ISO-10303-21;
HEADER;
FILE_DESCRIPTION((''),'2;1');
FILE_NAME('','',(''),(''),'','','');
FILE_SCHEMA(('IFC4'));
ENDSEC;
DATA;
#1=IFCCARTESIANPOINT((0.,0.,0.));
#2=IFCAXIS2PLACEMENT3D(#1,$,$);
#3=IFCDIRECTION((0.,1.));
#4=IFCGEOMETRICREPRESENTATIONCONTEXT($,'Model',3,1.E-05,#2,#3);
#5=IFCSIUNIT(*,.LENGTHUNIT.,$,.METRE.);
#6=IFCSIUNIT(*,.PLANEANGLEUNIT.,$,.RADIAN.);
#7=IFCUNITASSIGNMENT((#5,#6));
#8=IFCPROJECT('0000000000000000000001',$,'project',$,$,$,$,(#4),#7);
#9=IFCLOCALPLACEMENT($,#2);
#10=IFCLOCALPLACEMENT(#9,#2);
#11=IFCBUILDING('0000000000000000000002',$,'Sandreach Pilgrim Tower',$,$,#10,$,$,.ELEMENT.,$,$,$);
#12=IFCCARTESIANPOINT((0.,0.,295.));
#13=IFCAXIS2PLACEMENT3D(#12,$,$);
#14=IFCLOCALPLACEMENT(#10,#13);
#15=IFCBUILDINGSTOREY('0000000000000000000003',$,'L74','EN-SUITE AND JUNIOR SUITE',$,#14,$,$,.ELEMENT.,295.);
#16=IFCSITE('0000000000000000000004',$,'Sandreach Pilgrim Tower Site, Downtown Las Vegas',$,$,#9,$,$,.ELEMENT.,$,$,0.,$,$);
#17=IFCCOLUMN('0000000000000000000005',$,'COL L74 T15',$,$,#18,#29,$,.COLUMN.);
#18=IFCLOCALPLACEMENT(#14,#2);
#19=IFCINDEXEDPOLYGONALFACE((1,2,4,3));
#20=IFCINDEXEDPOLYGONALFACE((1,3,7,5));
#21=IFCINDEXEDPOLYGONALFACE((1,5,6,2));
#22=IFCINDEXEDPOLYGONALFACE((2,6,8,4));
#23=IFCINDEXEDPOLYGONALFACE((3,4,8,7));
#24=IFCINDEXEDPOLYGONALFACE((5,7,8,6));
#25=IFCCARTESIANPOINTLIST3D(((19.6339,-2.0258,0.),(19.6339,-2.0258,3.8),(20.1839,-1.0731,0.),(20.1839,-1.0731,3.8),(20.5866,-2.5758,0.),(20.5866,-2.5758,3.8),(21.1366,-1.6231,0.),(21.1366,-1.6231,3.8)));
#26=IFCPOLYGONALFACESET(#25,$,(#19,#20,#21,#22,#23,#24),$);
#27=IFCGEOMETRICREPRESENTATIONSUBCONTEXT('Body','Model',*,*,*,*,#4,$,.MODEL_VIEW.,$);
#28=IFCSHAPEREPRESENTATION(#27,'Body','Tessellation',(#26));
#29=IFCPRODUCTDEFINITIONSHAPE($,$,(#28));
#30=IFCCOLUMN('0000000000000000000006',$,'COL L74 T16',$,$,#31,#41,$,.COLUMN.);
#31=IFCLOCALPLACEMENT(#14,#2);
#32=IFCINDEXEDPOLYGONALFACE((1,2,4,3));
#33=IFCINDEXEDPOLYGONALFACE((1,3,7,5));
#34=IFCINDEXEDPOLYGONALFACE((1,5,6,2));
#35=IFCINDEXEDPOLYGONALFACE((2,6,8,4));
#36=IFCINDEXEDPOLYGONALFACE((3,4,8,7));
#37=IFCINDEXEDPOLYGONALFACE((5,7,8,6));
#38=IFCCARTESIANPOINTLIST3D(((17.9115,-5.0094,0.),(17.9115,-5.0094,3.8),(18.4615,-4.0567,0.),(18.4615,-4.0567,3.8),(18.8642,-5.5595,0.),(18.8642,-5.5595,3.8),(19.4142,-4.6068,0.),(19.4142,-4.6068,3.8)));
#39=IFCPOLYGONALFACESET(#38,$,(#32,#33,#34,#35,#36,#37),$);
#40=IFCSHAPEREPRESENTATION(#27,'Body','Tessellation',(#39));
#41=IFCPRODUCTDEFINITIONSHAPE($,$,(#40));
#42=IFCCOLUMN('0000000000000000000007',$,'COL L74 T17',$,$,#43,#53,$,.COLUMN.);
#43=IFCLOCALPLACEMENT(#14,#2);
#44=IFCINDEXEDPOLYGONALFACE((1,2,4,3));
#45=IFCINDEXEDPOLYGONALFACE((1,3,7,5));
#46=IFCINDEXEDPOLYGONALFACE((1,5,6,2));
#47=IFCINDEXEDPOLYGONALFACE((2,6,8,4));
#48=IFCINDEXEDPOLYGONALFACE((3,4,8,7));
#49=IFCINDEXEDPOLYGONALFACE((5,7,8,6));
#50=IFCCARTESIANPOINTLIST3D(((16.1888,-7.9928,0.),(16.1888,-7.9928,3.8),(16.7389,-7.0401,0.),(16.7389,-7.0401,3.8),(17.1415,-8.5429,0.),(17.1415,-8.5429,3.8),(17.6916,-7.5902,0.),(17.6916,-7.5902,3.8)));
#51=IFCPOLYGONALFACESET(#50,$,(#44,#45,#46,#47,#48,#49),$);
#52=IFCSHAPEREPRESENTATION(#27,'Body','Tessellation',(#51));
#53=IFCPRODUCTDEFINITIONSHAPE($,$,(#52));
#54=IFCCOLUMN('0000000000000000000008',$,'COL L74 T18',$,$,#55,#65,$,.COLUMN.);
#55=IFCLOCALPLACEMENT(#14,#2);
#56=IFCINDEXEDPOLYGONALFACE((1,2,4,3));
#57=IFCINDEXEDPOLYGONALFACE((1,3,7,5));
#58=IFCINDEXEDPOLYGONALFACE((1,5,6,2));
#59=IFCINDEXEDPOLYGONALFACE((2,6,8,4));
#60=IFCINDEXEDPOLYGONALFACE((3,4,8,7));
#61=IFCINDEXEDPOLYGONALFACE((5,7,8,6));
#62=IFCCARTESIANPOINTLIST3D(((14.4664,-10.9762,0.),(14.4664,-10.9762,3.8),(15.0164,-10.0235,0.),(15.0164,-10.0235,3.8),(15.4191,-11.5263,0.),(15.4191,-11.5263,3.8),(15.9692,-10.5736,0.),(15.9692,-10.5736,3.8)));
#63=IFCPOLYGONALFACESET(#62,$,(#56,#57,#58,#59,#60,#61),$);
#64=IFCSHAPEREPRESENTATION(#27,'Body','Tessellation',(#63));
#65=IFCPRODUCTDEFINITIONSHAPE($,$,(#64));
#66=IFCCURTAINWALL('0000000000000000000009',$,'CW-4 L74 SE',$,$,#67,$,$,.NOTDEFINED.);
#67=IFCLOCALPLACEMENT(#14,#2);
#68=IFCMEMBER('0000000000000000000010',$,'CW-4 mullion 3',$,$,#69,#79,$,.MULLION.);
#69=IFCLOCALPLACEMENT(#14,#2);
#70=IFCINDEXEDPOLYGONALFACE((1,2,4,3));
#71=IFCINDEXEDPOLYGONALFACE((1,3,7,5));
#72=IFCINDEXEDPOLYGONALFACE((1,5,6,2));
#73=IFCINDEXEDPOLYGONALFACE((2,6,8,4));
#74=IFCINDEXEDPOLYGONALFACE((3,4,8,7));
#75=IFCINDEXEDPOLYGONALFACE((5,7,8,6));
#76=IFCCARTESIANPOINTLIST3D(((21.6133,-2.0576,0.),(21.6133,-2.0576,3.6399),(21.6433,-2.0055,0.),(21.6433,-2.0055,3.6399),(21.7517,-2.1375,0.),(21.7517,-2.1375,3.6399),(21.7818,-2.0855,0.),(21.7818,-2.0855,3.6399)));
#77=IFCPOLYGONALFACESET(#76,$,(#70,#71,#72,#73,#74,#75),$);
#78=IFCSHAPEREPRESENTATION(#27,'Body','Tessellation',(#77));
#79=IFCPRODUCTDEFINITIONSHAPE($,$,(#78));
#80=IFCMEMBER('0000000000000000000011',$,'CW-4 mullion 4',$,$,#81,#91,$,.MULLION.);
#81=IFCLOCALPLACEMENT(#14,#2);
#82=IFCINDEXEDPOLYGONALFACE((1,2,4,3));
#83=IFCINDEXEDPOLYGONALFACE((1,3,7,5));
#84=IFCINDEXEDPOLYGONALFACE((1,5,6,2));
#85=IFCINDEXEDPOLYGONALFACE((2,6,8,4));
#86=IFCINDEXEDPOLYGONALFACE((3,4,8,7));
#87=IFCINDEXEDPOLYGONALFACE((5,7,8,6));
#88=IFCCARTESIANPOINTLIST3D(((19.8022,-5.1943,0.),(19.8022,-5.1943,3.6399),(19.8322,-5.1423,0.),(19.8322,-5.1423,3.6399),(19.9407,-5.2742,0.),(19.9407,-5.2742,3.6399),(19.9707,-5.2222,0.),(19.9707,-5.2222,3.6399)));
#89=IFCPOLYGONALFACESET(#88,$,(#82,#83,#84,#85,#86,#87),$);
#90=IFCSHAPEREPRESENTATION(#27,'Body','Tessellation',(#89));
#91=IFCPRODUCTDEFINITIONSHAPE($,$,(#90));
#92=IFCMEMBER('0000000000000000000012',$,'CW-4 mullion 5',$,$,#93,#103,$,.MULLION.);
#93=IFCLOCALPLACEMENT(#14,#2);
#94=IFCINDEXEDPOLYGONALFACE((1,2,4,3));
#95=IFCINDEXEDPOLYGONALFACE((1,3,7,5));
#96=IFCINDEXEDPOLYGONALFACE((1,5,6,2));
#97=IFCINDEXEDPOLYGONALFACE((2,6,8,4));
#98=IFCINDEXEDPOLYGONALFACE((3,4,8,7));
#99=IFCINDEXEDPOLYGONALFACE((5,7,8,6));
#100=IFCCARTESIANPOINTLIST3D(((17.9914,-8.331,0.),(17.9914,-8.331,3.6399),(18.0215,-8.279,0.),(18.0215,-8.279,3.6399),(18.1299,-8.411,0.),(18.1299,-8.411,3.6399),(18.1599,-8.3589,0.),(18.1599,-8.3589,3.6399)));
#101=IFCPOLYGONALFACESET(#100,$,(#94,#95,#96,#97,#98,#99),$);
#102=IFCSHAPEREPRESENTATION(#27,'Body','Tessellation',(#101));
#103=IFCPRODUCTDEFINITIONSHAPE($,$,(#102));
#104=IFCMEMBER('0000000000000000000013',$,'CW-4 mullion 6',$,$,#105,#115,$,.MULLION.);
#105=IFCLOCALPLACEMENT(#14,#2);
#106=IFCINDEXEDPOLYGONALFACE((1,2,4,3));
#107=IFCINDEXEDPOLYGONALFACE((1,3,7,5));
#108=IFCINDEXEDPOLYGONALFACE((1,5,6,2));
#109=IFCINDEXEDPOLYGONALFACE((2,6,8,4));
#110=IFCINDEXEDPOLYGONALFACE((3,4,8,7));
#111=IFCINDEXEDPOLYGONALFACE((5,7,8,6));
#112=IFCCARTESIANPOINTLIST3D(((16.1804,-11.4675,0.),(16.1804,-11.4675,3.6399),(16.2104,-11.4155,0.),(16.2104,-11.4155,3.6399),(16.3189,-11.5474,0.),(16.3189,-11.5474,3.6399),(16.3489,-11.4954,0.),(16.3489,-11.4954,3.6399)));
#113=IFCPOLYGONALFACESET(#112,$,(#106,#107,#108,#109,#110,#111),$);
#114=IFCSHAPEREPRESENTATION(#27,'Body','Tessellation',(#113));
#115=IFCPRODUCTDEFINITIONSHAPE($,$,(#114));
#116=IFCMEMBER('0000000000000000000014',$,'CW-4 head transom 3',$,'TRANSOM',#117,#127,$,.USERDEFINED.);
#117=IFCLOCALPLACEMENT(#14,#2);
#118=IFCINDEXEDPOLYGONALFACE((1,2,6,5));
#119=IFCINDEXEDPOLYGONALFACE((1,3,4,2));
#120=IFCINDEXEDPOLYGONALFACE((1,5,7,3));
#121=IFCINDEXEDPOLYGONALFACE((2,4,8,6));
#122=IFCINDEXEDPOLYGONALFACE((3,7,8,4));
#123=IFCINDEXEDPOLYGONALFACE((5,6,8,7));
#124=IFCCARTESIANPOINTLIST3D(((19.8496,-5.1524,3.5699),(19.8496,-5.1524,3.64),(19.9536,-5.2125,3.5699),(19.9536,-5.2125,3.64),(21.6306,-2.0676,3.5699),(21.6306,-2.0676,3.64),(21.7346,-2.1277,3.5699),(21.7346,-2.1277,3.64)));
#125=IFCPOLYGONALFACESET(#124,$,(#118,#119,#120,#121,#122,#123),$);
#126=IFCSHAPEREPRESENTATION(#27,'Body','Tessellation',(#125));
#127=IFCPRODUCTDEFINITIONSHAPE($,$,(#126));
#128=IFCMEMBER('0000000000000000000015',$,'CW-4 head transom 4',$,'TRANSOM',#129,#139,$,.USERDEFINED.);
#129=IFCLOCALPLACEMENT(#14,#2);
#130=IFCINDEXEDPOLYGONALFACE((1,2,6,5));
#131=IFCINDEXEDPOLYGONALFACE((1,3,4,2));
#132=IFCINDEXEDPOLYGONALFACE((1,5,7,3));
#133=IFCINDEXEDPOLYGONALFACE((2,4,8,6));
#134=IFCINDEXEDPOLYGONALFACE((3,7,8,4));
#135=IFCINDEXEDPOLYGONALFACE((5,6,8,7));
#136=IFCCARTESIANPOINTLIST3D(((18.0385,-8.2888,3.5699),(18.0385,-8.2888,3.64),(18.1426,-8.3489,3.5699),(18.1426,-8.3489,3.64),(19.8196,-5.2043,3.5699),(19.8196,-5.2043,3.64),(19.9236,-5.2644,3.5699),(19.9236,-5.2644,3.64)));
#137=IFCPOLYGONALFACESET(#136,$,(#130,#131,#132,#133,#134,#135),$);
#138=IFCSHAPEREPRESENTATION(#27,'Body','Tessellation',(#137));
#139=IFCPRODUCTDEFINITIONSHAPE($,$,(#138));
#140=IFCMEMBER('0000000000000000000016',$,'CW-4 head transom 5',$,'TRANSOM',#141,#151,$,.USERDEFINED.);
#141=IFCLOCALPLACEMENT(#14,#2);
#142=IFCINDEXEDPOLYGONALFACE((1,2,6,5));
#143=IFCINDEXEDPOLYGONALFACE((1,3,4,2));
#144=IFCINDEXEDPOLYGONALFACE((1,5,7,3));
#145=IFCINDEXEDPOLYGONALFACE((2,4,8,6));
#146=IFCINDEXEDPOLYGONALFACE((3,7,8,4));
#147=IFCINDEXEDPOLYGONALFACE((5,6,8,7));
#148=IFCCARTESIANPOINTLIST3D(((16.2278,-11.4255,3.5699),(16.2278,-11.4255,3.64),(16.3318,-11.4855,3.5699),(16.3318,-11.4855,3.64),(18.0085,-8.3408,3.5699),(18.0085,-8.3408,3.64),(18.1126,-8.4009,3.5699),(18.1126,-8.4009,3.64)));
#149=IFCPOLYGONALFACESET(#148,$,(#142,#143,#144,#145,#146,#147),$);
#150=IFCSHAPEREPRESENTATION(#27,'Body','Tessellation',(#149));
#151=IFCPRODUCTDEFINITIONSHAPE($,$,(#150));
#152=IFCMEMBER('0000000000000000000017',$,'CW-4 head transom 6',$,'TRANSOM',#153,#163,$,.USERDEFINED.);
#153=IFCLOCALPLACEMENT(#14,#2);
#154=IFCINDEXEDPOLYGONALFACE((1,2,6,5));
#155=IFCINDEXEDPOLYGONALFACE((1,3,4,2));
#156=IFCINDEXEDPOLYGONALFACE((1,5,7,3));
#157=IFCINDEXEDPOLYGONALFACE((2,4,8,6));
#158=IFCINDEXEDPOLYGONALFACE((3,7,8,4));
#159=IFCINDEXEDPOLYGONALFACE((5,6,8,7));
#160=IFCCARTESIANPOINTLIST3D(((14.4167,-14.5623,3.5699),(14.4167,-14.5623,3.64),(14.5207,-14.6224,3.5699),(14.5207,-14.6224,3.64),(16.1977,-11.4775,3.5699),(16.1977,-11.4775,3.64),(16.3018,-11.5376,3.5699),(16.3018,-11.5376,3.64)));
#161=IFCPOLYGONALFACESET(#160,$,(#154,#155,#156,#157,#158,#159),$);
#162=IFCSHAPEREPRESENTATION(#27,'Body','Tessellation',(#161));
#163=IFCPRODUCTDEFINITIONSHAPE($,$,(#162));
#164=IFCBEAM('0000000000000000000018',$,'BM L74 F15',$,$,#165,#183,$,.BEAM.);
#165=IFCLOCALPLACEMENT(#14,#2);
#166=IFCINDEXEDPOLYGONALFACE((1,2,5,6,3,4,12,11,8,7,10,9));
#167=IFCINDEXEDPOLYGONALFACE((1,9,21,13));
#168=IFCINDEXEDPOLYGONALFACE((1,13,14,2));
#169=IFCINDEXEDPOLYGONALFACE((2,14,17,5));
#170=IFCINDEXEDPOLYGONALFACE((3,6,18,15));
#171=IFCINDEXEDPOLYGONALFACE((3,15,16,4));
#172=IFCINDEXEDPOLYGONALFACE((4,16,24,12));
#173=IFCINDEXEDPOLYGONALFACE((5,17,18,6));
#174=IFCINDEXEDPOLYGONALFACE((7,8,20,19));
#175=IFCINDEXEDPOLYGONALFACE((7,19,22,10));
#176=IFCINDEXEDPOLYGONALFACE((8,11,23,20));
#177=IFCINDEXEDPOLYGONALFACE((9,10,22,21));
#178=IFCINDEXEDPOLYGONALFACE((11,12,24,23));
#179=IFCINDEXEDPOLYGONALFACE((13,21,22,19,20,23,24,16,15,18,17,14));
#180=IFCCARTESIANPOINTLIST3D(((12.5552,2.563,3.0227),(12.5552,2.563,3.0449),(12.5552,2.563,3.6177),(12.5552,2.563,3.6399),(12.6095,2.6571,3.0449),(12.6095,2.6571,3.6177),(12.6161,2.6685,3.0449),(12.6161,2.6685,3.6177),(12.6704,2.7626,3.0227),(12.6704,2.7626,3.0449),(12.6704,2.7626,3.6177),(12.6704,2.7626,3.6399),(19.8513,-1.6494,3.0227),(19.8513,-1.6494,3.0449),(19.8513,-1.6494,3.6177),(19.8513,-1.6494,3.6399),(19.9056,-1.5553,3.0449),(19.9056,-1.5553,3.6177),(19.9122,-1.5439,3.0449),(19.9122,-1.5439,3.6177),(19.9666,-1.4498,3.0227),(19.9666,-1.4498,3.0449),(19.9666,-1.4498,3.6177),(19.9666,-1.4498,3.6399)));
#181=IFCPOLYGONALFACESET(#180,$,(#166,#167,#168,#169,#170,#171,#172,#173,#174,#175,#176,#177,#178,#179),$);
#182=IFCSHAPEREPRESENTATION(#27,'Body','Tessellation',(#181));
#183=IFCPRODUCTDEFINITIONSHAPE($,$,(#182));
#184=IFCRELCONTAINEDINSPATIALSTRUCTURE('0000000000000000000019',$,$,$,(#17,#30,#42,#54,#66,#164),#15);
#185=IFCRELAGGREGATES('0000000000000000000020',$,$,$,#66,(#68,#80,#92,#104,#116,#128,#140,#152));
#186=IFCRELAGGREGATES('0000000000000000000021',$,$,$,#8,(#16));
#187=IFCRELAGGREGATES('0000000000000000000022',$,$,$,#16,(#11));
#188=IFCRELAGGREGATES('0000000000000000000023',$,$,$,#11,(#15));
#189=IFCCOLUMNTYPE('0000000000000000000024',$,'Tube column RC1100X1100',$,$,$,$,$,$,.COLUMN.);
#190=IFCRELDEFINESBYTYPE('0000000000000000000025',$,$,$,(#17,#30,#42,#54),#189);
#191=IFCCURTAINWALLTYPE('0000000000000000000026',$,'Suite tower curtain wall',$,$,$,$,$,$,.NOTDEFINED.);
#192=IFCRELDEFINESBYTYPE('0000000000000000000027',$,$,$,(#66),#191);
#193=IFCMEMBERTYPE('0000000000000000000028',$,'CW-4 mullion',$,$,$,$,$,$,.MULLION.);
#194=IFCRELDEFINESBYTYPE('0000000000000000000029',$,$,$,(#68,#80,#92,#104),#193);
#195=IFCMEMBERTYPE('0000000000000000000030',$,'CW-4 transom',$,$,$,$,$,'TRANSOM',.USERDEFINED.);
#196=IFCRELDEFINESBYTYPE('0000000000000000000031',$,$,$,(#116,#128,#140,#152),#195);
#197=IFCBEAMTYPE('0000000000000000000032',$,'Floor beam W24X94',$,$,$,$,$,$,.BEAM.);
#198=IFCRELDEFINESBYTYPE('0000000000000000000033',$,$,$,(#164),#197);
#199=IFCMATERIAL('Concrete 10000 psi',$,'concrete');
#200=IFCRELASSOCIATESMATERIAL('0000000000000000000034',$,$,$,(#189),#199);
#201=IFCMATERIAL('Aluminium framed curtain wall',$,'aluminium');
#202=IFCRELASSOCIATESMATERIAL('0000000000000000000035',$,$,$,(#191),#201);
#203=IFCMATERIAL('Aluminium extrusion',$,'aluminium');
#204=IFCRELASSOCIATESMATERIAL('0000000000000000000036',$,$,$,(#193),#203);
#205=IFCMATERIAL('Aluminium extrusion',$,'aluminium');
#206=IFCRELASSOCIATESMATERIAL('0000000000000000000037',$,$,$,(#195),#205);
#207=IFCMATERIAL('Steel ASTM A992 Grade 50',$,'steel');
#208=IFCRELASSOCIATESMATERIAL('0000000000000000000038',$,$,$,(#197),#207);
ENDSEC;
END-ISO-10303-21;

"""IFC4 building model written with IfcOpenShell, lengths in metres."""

from ifc_helpers import new_model, si_unit, direction, frame, origin, origin_2d, place, context, subcontext, project, spatial, rectangle, i_section, extrude, material, material_profile, profile_set, type_object, element, aggregate, save


model = new_model("IFC4")

# Units and contexts
model_context = context("Model", 3, precision=1e-05, world=origin(), true_north=direction((0.0, 1.0)))
body_context = subcontext(model_context, "Body", "Model", "MODEL_VIEW")
ifc_project = project(units=[si_unit("LENGTHUNIT", "METRE"), si_unit("PLANEANGLEUNIT", "RADIAN")], contexts=[model_context])

# Site, building, storey
site_placement = place(None, origin())
site = spatial("IfcSite", under=ifc_project, at=site_placement, Name="Sandreach Pilgrim Tower Site, Downtown Las Vegas", CompositionType="ELEMENT", RefElevation=0.0)
building_placement = place(site_placement, origin())
building = spatial("IfcBuilding", under=site, at=building_placement, Name="Sandreach Pilgrim Tower", CompositionType="ELEMENT")
storey_placement = place(building_placement, frame((0.0, 0.0, 295.0)))
storey = spatial("IfcBuildingStorey", under=building, at=storey_placement, Name="L74", Description="EN-SUITE AND JUNIOR SUITE", CompositionType="ELEMENT", Elevation=295.0)

# Columns
ifc_material_1 = material(Name="Concrete 10000 psi", Category="concrete")
ifc_material_profile_1 = material_profile(ifc_material_1, rectangle(XDim=1.1001, YDim=1.1001, at=origin_2d()), Name="RC1100X1100")
ifc_profile_set_1 = profile_set([ifc_material_profile_1], Name="Concrete 10000 psi")
column_type = type_object("IfcColumnType", Name="Tube column RC1100X1100", PredefinedType="COLUMN", material=ifc_profile_set_1)
for number, where, z_axis, x_axis, name in (
    (1, (20.3853, -1.8245, 0.0), (0.0, 0.0, 1.0), (0.866025, -0.5, 0.0), "COL L74 T15"),
    (2, (18.6628, -4.8081, 0.0), (0.0, 0.0, 1.0), (0.866025, -0.5, 0.0), "COL L74 T16"),
    (3, (16.9402, -7.7915, 0.0), (0.0, 0.0, 1.0), (0.866025, -0.5, 0.0), "COL L74 T17"),
    (4, (15.2178, -10.7749, 0.0), (0.0, 0.0, 1.0), (0.866025, -0.5, 0.0), "COL L74 T18"),
):
    element("IfcColumn", number, at=place(storey_placement, frame(where, z_axis=z_axis, x_axis=x_axis)), inside=storey, type_object=column_type, Name=name, PredefinedType="COLUMN", context=body_context, shape_type="SweptSolid", body=[
        extrude(rectangle(XDim=1.1001, YDim=1.1001, at=origin_2d()), origin(), (0.0, 0.0, 1.0), 3.8),
    ])

# Curtain wall, members
ifc_material_2 = material(Name="Aluminium framed curtain wall", Category="aluminium")
curtain_wall_type = type_object("IfcCurtainWallType", Name="Suite tower curtain wall", PredefinedType="NOTDEFINED", material=ifc_material_2)
curtain_wall_placement = place(storey_placement, origin())
curtain_wall = element("IfcCurtainWall", 5, at=curtain_wall_placement, inside=storey, type_object=curtain_wall_type, Name="CW-4 L74 SE", PredefinedType="NOTDEFINED")
ifc_material_3 = material(Name="Aluminium extrusion", Category="aluminium")
ifc_material_profile_2 = material_profile(ifc_material_3, rectangle(XDim=0.0601, YDim=0.1599, at=origin_2d()), Name="CW-4M 60X160")
ifc_profile_set_2 = profile_set([ifc_material_profile_2], Name="Aluminium extrusion")
member_type_1 = type_object("IfcMemberType", Name="CW-4 mullion", PredefinedType="MULLION", material=ifc_profile_set_2)
member_1_placement = place(storey_placement, frame((21.6975, -2.0715, 0.0), z_axis=(0.0, 0.0, 1.0), x_axis=(-0.5, -0.866025, 0.0)))
member_1 = element("IfcMember", 6, at=member_1_placement, type_object=member_type_1, Name="CW-4 mullion 3", PredefinedType="MULLION", context=body_context, shape_type="SweptSolid", body=[
    extrude(rectangle(XDim=0.0601, YDim=0.1599, at=origin_2d()), origin(), (0.0, 0.0, 1.0), 3.6399),
])
member_2_placement = place(storey_placement, frame((19.8865, -5.2083, 0.0), z_axis=(0.0, 0.0, 1.0), x_axis=(-0.5, -0.866025, 0.0)))
member_2 = element("IfcMember", 7, at=member_2_placement, type_object=member_type_1, Name="CW-4 mullion 4", PredefinedType="MULLION", context=body_context, shape_type="SweptSolid", body=[
    extrude(rectangle(XDim=0.0601, YDim=0.1599, at=origin_2d()), origin(), (0.0, 0.0, 1.0), 3.6399),
])
member_3_placement = place(storey_placement, frame((18.0757, -8.345, 0.0), z_axis=(0.0, 0.0, 1.0), x_axis=(-0.5, -0.866025, 0.0)))
member_3 = element("IfcMember", 8, at=member_3_placement, type_object=member_type_1, Name="CW-4 mullion 5", PredefinedType="MULLION", context=body_context, shape_type="SweptSolid", body=[
    extrude(rectangle(XDim=0.0601, YDim=0.1599, at=origin_2d()), origin(), (0.0, 0.0, 1.0), 3.6399),
])
member_4_placement = place(storey_placement, frame((16.2646, -11.4814, 0.0), z_axis=(0.0, 0.0, 1.0), x_axis=(-0.5, -0.866025, 0.0)))
member_4 = element("IfcMember", 9, at=member_4_placement, type_object=member_type_1, Name="CW-4 mullion 6", PredefinedType="MULLION", context=body_context, shape_type="SweptSolid", body=[
    extrude(rectangle(XDim=0.0601, YDim=0.1599, at=origin_2d()), origin(), (0.0, 0.0, 1.0), 3.6399),
])
ifc_material_4 = material(Name="Aluminium extrusion", Category="aluminium")
ifc_material_profile_3 = material_profile(ifc_material_4, rectangle(XDim=0.1201, YDim=0.0701, at=origin_2d()), Name="CW-4T 120X70")
ifc_profile_set_3 = profile_set([ifc_material_profile_3], Name="Aluminium extrusion")
member_type_2 = type_object("IfcMemberType", Name="CW-4 transom", ElementType="TRANSOM", PredefinedType="USERDEFINED", material=ifc_profile_set_3)
member_5_placement = place(storey_placement, frame((21.6826, -2.0977, 3.605), z_axis=(-0.500009, -0.86602, 0.0), x_axis=(0.86602, -0.500009, 0.0)))
member_5 = element("IfcMember", 10, at=member_5_placement, type_object=member_type_2, Name="CW-4 head transom 3", ObjectType="TRANSOM", PredefinedType="USERDEFINED", context=body_context, shape_type="SweptSolid", body=[
    extrude(rectangle(XDim=0.1201, YDim=0.0701, at=origin_2d()), origin(), (0.0, 0.0, 1.0), 3.562),
])
member_6_placement = place(storey_placement, frame((19.8716, -5.2344, 3.605), z_axis=(-0.500039, -0.866003, 0.0), x_axis=(0.866003, -0.500039, 0.0)))
member_6 = element("IfcMember", 11, at=member_6_placement, type_object=member_type_2, Name="CW-4 head transom 4", ObjectType="TRANSOM", PredefinedType="USERDEFINED", context=body_context, shape_type="SweptSolid", body=[
    extrude(rectangle(XDim=0.1201, YDim=0.0701, at=origin_2d()), origin(), (0.0, 0.0, 1.0), 3.5618),
])
member_7_placement = place(storey_placement, frame((18.0605, -8.3708, 3.605), z_axis=(-0.499958, -0.86605, 0.0), x_axis=(0.86605, -0.499958, 0.0)))
member_7 = element("IfcMember", 12, at=member_7_placement, type_object=member_type_2, Name="CW-4 head transom 5", ObjectType="TRANSOM", PredefinedType="USERDEFINED", context=body_context, shape_type="SweptSolid", body=[
    extrude(rectangle(XDim=0.1201, YDim=0.0701, at=origin_2d()), origin(), (0.0, 0.0, 1.0), 3.5618),
])
member_8_placement = place(storey_placement, frame((16.2498, -11.5076, 3.605), z_axis=(-0.500009, -0.86602, 0.0), x_axis=(0.86602, -0.500009, 0.0)))
member_8 = element("IfcMember", 13, at=member_8_placement, type_object=member_type_2, Name="CW-4 head transom 6", ObjectType="TRANSOM", PredefinedType="USERDEFINED", context=body_context, shape_type="SweptSolid", body=[
    extrude(rectangle(XDim=0.1201, YDim=0.0701, at=origin_2d()), origin(), (0.0, 0.0, 1.0), 3.562),
])

# Beam
ifc_material_5 = material(Name="Steel ASTM A992 Grade 50", Category="steel")
ifc_material_profile_4 = material_profile(ifc_material_5, i_section(OverallWidth=0.2305, OverallDepth=0.6172, WebThickness=0.0132, FlangeThickness=0.0222, at=origin_2d()), Name="W24X94")
ifc_profile_set_4 = profile_set([ifc_material_profile_4], Name="Steel ASTM A992 Grade 50")
beam_type_1 = type_object("IfcBeamType", Name="Floor beam W24X94", PredefinedType="BEAM", material=ifc_profile_set_4)
beam_1_placement = place(storey_placement, frame((19.9089, -1.5496, 3.3313), z_axis=(-0.866027, 0.499998, 0.0), x_axis=(-0.499998, -0.866027, 0.0)))
element("IfcBeam", 14, at=beam_1_placement, inside=storey, type_object=beam_type_1, Name="BM L74 F15", PredefinedType="BEAM", context=body_context, shape_type="SweptSolid", body=[
    extrude(i_section(OverallWidth=0.2305, OverallDepth=0.6172, WebThickness=0.0132, FlangeThickness=0.0222, at=origin_2d()), origin(), (0.0, 0.0, 1.0), 8.4248),
])

aggregate(curtain_wall, [member_1, member_2, member_3, member_4, member_5, member_6, member_7, member_8])

save(model, "model.ifc")
